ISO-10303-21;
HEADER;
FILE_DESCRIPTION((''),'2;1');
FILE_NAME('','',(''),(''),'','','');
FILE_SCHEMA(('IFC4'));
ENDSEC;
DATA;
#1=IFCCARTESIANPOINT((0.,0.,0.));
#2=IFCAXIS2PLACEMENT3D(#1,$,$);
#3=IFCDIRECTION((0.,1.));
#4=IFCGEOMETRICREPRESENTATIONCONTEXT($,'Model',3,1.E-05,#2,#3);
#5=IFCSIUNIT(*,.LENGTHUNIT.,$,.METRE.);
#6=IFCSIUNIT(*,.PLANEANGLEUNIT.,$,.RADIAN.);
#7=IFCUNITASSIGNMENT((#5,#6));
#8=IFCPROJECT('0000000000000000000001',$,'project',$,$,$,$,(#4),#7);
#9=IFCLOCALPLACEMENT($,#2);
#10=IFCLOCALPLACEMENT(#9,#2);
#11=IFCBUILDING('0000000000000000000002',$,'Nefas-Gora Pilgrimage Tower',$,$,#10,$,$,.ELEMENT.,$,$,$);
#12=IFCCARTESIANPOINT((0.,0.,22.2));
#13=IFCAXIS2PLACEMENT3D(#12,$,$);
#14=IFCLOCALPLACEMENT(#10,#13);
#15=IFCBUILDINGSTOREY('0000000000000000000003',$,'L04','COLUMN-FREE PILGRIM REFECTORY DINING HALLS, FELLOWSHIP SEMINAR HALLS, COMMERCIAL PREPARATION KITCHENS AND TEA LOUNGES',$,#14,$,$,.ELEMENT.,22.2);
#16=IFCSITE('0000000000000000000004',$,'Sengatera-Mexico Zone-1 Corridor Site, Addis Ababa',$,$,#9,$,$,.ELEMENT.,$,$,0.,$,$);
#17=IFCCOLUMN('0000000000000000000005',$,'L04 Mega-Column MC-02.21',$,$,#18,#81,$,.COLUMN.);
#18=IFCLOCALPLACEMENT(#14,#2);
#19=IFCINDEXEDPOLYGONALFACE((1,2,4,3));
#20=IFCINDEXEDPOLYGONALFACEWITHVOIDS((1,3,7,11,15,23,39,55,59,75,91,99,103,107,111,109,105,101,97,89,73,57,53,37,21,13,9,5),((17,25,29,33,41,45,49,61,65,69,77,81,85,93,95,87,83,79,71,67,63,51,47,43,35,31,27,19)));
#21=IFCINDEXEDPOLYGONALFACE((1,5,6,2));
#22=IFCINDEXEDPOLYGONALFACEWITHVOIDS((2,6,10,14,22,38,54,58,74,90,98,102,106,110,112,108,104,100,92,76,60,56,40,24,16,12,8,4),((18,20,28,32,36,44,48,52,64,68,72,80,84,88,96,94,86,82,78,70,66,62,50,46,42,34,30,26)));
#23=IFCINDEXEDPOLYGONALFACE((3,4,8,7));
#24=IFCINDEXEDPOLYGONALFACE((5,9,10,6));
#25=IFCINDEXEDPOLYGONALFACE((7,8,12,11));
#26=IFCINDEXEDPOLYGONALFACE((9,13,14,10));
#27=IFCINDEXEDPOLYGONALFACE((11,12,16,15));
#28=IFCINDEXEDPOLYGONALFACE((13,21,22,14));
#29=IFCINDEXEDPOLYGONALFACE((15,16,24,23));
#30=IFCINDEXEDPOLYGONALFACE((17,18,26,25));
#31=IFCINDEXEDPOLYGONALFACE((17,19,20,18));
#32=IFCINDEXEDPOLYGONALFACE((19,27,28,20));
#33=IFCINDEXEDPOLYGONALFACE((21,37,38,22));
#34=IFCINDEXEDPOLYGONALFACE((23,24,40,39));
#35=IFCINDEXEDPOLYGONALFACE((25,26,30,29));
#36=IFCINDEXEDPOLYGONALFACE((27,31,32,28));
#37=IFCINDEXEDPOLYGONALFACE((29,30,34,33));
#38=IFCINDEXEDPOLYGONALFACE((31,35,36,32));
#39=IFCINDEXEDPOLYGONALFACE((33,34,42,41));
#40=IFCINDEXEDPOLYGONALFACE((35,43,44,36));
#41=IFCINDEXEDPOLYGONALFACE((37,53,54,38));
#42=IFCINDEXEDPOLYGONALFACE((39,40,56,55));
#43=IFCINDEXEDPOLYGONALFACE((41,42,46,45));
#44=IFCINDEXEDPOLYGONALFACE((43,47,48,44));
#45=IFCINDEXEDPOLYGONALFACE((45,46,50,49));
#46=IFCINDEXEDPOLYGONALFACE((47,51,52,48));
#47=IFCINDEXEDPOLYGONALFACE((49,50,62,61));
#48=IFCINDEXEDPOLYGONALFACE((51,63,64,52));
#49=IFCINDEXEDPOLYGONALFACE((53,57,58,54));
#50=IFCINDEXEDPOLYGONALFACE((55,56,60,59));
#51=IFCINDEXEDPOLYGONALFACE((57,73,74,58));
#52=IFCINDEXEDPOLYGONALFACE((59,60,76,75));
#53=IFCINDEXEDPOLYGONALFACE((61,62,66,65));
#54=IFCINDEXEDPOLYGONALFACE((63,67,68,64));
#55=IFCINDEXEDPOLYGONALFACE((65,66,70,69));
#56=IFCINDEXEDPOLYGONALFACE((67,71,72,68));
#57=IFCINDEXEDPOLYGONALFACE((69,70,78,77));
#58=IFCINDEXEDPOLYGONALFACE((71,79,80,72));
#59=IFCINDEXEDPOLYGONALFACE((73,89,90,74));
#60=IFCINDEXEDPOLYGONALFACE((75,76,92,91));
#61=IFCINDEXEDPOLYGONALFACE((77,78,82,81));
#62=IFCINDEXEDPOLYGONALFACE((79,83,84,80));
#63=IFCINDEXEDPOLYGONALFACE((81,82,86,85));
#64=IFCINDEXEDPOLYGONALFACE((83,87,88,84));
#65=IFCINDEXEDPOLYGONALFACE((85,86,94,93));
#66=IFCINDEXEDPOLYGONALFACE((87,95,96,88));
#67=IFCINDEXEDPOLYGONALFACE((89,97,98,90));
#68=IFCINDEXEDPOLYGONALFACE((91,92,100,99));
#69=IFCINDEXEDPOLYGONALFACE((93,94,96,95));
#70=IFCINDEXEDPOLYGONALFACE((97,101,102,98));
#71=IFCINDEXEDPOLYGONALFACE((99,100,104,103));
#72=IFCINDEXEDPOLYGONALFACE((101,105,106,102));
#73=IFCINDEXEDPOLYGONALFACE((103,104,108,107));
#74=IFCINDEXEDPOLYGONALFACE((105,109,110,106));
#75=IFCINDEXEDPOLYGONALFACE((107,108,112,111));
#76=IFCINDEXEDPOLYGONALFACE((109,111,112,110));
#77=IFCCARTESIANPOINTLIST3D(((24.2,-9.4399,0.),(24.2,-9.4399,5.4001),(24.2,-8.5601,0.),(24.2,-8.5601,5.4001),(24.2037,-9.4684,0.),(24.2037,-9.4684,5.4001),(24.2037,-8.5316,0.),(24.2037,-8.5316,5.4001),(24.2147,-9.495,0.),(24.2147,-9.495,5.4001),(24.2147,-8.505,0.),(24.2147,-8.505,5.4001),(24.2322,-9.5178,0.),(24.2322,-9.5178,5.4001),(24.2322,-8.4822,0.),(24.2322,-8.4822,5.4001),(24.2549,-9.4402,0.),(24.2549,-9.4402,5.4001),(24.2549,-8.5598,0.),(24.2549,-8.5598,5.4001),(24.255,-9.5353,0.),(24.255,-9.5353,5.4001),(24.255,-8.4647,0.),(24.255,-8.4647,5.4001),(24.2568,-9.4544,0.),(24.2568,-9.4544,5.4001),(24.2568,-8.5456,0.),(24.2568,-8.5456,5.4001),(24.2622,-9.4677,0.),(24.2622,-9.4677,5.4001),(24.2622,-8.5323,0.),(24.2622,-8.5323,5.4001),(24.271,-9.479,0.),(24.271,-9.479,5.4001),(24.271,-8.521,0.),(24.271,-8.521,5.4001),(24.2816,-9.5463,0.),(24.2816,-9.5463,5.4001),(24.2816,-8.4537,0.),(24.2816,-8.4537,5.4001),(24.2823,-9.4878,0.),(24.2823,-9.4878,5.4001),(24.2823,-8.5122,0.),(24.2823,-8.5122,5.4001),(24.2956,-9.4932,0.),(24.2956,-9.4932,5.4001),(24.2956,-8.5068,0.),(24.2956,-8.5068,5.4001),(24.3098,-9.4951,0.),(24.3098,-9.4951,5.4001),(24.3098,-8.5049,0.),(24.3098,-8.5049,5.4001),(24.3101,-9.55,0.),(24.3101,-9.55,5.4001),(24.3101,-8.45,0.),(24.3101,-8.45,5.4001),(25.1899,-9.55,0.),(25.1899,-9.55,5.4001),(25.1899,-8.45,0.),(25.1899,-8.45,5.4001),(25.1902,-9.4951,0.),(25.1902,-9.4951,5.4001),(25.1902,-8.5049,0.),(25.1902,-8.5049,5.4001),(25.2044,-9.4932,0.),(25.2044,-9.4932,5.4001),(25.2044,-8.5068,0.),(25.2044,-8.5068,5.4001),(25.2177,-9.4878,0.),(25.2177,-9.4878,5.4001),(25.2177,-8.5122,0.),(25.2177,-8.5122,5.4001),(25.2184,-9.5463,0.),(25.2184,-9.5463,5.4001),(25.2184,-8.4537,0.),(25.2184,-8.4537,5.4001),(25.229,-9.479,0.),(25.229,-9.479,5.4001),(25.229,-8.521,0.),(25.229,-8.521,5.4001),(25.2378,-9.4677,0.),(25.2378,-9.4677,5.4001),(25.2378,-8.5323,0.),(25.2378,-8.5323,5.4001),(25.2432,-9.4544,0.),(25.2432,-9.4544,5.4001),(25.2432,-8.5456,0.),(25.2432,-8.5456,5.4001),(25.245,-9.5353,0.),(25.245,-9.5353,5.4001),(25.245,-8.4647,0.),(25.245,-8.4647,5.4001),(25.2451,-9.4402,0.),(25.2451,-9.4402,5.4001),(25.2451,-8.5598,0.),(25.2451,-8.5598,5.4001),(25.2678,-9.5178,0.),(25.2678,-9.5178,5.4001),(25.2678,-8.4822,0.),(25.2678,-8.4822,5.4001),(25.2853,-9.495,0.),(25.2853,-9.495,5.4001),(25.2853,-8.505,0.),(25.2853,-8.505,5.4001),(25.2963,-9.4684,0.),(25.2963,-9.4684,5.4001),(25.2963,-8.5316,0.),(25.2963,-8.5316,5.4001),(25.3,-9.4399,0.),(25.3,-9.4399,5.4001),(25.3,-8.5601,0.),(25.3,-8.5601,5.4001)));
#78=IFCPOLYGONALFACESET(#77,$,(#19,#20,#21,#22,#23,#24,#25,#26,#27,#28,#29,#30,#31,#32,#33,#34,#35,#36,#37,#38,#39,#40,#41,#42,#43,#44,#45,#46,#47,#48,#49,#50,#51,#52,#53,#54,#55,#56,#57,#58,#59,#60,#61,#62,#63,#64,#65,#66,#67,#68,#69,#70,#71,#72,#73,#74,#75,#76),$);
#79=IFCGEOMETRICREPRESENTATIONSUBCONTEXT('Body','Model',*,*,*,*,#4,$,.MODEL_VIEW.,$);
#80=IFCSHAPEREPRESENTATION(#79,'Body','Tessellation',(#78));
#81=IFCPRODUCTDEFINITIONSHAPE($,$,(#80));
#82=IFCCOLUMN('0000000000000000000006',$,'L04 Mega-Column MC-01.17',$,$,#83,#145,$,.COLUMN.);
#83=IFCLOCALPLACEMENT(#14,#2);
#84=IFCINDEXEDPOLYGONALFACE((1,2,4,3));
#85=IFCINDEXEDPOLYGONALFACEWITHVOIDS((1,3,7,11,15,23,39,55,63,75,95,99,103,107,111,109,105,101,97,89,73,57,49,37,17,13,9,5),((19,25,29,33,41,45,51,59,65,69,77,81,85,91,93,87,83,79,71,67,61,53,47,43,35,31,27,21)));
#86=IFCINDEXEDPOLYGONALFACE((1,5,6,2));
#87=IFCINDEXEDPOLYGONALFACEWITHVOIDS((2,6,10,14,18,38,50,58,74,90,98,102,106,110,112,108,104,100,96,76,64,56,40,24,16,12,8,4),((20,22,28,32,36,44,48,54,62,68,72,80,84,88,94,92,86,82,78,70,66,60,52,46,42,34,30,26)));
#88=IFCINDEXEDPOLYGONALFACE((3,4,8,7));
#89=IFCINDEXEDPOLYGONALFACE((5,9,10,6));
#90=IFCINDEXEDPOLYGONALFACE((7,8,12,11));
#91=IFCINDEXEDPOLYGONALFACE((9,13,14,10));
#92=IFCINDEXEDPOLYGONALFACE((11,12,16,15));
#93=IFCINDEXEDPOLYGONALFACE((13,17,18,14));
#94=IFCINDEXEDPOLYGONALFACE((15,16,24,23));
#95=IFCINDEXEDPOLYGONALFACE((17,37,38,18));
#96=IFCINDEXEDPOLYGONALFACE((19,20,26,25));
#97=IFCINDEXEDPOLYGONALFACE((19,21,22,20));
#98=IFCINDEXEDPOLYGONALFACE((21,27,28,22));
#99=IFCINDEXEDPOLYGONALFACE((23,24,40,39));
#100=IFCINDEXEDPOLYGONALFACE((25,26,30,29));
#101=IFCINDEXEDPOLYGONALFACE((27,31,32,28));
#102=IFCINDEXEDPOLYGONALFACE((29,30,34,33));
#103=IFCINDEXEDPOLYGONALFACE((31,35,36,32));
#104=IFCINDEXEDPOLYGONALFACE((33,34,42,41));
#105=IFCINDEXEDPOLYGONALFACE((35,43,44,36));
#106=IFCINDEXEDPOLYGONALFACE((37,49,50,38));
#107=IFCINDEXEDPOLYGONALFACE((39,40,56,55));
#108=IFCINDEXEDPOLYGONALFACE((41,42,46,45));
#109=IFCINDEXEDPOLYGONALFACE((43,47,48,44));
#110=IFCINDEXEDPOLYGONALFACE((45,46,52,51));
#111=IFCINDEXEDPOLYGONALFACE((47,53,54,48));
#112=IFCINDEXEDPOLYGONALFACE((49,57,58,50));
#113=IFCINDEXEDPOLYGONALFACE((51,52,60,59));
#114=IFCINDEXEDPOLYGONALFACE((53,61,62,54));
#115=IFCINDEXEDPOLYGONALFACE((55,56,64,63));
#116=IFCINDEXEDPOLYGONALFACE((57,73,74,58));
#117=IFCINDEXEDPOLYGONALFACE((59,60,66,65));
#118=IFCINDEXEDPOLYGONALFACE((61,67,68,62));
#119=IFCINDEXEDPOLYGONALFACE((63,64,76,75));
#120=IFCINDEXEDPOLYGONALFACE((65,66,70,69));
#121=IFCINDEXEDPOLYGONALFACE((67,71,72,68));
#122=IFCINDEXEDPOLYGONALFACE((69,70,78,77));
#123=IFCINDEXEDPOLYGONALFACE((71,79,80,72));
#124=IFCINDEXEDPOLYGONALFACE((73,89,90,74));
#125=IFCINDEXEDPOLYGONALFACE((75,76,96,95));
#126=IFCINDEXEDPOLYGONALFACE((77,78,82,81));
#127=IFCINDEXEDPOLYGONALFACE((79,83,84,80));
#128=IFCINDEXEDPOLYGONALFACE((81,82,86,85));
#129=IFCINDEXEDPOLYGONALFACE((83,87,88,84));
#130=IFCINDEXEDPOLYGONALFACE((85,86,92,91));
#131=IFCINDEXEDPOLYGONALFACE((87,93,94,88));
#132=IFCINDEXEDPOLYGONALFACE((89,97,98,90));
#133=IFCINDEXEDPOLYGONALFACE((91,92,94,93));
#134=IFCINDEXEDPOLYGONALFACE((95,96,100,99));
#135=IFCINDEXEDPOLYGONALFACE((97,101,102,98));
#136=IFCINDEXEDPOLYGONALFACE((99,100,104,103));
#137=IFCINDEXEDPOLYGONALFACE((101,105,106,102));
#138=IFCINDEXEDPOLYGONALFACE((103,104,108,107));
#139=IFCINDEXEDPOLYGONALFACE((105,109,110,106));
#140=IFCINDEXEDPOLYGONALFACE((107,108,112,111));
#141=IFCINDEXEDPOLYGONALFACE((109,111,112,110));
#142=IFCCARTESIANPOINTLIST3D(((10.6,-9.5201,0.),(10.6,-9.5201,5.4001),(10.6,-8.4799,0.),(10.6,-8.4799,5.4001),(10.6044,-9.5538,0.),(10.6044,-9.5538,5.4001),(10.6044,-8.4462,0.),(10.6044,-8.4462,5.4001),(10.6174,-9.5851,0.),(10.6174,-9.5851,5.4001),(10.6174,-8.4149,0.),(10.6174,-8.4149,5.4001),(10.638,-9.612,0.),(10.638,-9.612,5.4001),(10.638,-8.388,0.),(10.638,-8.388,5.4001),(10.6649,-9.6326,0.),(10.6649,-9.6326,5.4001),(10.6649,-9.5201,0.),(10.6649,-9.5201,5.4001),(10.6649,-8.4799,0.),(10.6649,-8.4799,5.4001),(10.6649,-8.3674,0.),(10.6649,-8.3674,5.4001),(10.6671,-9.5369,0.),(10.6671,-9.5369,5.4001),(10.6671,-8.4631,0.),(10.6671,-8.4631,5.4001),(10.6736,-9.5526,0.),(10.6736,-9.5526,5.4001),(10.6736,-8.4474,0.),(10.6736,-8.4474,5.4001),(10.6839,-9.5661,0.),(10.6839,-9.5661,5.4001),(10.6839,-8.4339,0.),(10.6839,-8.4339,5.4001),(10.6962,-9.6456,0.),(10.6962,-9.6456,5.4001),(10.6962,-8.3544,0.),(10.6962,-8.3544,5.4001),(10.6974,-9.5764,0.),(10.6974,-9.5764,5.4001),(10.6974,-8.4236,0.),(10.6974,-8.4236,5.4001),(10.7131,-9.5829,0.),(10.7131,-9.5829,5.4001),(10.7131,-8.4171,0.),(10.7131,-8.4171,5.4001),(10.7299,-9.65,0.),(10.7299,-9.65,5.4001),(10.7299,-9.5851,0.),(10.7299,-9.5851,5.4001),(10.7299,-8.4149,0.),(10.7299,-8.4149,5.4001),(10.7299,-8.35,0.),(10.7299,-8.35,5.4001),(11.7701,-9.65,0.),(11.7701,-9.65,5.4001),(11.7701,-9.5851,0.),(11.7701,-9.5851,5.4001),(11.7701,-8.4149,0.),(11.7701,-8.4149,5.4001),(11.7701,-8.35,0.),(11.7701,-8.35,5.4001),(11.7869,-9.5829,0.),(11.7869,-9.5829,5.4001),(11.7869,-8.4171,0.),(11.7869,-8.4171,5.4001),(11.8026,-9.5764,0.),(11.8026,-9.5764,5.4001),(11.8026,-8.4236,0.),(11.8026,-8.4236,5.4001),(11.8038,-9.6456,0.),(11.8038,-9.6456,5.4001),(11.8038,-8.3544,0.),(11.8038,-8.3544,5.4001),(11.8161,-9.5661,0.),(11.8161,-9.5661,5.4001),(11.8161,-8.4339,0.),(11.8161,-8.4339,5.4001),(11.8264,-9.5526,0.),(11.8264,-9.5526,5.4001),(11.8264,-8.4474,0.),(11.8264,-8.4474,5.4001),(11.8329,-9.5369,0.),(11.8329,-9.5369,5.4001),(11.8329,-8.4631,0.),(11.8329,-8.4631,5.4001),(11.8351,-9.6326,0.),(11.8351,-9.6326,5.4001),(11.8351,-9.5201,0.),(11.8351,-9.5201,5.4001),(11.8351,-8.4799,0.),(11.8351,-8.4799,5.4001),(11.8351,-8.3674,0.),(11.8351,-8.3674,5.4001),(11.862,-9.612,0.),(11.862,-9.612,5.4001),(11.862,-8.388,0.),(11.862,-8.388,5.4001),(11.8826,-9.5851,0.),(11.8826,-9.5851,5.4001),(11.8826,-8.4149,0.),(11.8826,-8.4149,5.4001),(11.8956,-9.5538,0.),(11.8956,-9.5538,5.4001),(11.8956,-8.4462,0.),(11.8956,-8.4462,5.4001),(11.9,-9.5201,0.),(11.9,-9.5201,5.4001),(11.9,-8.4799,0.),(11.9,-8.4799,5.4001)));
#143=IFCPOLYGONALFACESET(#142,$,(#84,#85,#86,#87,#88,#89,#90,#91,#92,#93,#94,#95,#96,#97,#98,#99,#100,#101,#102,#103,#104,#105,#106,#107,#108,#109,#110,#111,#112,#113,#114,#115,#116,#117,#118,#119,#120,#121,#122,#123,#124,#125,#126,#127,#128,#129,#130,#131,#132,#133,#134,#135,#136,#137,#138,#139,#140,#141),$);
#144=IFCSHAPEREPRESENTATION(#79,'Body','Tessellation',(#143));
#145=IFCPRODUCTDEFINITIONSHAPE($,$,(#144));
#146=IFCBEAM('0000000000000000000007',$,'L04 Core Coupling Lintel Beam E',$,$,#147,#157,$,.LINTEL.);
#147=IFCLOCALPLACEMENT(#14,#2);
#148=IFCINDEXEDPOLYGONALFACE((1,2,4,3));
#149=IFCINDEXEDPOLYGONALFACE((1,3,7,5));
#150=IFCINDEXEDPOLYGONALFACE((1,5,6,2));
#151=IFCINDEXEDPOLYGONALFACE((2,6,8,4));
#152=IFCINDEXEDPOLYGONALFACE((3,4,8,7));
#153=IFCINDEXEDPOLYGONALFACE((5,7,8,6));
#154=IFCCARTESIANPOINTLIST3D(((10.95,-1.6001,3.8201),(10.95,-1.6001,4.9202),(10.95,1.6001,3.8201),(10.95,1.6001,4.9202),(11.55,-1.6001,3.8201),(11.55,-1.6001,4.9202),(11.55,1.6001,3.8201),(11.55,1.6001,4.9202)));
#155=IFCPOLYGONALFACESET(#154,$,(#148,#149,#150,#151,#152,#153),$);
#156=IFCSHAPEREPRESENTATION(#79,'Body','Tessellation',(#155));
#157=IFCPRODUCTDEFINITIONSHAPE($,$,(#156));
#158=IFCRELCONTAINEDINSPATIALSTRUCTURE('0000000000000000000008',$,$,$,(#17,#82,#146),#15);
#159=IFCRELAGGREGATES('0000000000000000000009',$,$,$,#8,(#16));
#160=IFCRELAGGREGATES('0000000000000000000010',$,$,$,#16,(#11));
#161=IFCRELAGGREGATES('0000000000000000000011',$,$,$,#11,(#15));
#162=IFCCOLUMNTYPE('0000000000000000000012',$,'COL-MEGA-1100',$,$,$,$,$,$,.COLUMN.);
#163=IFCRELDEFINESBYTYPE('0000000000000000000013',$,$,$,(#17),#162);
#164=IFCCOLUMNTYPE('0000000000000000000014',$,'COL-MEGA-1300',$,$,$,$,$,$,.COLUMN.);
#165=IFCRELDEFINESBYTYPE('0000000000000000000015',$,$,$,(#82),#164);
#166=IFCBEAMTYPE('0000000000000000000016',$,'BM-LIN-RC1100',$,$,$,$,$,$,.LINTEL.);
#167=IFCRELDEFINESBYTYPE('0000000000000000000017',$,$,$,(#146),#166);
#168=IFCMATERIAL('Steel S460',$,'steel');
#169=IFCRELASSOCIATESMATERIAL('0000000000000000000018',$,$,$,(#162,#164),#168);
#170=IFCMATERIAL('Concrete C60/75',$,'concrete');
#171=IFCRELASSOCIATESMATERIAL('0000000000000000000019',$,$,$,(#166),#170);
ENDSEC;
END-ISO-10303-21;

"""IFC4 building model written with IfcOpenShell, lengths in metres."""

from ifc_helpers import new_model, si_unit, direction, frame, origin, origin_2d, place, context, subcontext, project, spatial, rectangle, hollow_rectangle, extrude, source, transform, mapped, material, material_profile, profile_set, type_object, element, save


model = new_model("IFC4")

# Units and contexts
model_context = context("Model", 3, precision=1e-05, world=origin(), true_north=direction((0.0, 1.0)))
body_context = subcontext(model_context, "Body", "Model", "MODEL_VIEW")
ifc_project = project(units=[si_unit("LENGTHUNIT", "METRE"), si_unit("PLANEANGLEUNIT", "RADIAN")], contexts=[model_context])

# Site, building, storey
site_placement = place(None, origin())
site = spatial("IfcSite", under=ifc_project, at=site_placement, Name="Sengatera-Mexico Zone-1 Corridor Site, Addis Ababa", CompositionType="ELEMENT", RefElevation=0.0)
building_placement = place(site_placement, origin())
building = spatial("IfcBuilding", under=site, at=building_placement, Name="Nefas-Gora Pilgrimage Tower", CompositionType="ELEMENT")
storey_placement = place(building_placement, frame((0.0, 0.0, 22.2)))
storey = spatial("IfcBuildingStorey", under=building, at=storey_placement, Name="L04", Description="COLUMN-FREE PILGRIM REFECTORY DINING HALLS, FELLOWSHIP SEMINAR HALLS, COMMERCIAL PREPARATION KITCHENS AND TEA LOUNGES", CompositionType="ELEMENT", Elevation=22.2)

# Columns
ifc_material_1 = material(Name="Steel S460", Category="steel")
ifc_material_profile_1 = material_profile(ifc_material_1, hollow_rectangle(XDim=1.1001, YDim=1.1001, WallThickness=0.0549, InnerFilletRadius=0.0549, OuterFilletRadius=0.1101, at=origin_2d()), Name="BOX 1100x1100x55")
ifc_profile_set_1 = profile_set([ifc_material_profile_1], Name="Steel S460")
column_type_1 = type_object("IfcColumnType", Name="COL-MEGA-1100", PredefinedType="COLUMN", material=ifc_profile_set_1)
shared_shape_1 = source(origin(), body_context, "Body", "SweptSolid", [
    extrude(hollow_rectangle(XDim=1.1001, YDim=1.1001, WallThickness=0.0549, InnerFilletRadius=0.0549, OuterFilletRadius=0.1101, at=origin_2d()), origin(), (0.0, 0.0, 1.0), 5.4001),
])
column_1_placement = place(storey_placement, frame((24.75, -9.0, 0.0), z_axis=(0.0, 0.0, 1.0), x_axis=(1.0, 0.0, 0.0)))
element("IfcColumn", 1, at=column_1_placement, inside=storey, type_object=column_type_1, Name="L04 Mega-Column MC-02.21", PredefinedType="COLUMN", context=body_context, shape_type="MappedRepresentation", body=[
    mapped(shared_shape_1, transform((0.0, 0.0, 0.0), x_axis=(1.0, 0.0, 0.0), y_axis=(0.0, 1.0, 0.0), z_axis=(0.0, 0.0, 1.0), scale=1.0)),
])
ifc_material_profile_2 = material_profile(ifc_material_1, hollow_rectangle(XDim=1.3, YDim=1.3, WallThickness=0.0649, InnerFilletRadius=0.0649, OuterFilletRadius=0.1299, at=origin_2d()), Name="BOX 1300x1300x65")
ifc_profile_set_2 = profile_set([ifc_material_profile_2], Name="Steel S460")
column_type_2 = type_object("IfcColumnType", Name="COL-MEGA-1300", PredefinedType="COLUMN", material=ifc_profile_set_2)
shared_shape_2 = source(origin(), body_context, "Body", "SweptSolid", [
    extrude(hollow_rectangle(XDim=1.3, YDim=1.3, WallThickness=0.0649, InnerFilletRadius=0.0649, OuterFilletRadius=0.1299, at=origin_2d()), origin(), (0.0, 0.0, 1.0), 5.4001),
])
column_2_placement = place(storey_placement, frame((11.25, -9.0, 0.0), z_axis=(0.0, 0.0, 1.0), x_axis=(1.0, 0.0, 0.0)))
element("IfcColumn", 2, at=column_2_placement, inside=storey, type_object=column_type_2, Name="L04 Mega-Column MC-01.17", PredefinedType="COLUMN", context=body_context, shape_type="MappedRepresentation", body=[
    mapped(shared_shape_2, transform((0.0, 0.0, 0.0), x_axis=(1.0, 0.0, 0.0), y_axis=(0.0, 1.0, 0.0), z_axis=(0.0, 0.0, 1.0), scale=1.0)),
])

# Beam
ifc_material_2 = material(Name="Concrete C60/75", Category="concrete")
ifc_material_profile_3 = material_profile(ifc_material_2, rectangle(XDim=0.6001, YDim=1.1001, at=origin_2d()), Name="RC 600x1100")
ifc_profile_set_3 = profile_set([ifc_material_profile_3], Name="Concrete C60/75")
beam_type_1 = type_object("IfcBeamType", Name="BM-LIN-RC1100", PredefinedType="LINTEL", material=ifc_profile_set_3)
shared_shape_3 = source(origin(), body_context, "Body", "SweptSolid", [
    extrude(rectangle(XDim=0.6001, YDim=1.1001, at=origin_2d()), origin(), (0.0, 0.0, 1.0), 3.2002),
])
beam_1_placement = place(storey_placement, frame((11.25, -1.6001, 4.3701), z_axis=(0.0, 1.0, 0.0), x_axis=(-1.0, 0.0, 0.0)))
element("IfcBeam", 3, at=beam_1_placement, inside=storey, type_object=beam_type_1, Name="L04 Core Coupling Lintel Beam E", PredefinedType="LINTEL", context=body_context, shape_type="MappedRepresentation", body=[
    mapped(shared_shape_3, transform((0.0, 0.0, 0.0), x_axis=(1.0, 0.0, 0.0), y_axis=(0.0, 1.0, 0.0), z_axis=(0.0, 0.0, 1.0), scale=1.0)),
])

save(model, "model.ifc")
